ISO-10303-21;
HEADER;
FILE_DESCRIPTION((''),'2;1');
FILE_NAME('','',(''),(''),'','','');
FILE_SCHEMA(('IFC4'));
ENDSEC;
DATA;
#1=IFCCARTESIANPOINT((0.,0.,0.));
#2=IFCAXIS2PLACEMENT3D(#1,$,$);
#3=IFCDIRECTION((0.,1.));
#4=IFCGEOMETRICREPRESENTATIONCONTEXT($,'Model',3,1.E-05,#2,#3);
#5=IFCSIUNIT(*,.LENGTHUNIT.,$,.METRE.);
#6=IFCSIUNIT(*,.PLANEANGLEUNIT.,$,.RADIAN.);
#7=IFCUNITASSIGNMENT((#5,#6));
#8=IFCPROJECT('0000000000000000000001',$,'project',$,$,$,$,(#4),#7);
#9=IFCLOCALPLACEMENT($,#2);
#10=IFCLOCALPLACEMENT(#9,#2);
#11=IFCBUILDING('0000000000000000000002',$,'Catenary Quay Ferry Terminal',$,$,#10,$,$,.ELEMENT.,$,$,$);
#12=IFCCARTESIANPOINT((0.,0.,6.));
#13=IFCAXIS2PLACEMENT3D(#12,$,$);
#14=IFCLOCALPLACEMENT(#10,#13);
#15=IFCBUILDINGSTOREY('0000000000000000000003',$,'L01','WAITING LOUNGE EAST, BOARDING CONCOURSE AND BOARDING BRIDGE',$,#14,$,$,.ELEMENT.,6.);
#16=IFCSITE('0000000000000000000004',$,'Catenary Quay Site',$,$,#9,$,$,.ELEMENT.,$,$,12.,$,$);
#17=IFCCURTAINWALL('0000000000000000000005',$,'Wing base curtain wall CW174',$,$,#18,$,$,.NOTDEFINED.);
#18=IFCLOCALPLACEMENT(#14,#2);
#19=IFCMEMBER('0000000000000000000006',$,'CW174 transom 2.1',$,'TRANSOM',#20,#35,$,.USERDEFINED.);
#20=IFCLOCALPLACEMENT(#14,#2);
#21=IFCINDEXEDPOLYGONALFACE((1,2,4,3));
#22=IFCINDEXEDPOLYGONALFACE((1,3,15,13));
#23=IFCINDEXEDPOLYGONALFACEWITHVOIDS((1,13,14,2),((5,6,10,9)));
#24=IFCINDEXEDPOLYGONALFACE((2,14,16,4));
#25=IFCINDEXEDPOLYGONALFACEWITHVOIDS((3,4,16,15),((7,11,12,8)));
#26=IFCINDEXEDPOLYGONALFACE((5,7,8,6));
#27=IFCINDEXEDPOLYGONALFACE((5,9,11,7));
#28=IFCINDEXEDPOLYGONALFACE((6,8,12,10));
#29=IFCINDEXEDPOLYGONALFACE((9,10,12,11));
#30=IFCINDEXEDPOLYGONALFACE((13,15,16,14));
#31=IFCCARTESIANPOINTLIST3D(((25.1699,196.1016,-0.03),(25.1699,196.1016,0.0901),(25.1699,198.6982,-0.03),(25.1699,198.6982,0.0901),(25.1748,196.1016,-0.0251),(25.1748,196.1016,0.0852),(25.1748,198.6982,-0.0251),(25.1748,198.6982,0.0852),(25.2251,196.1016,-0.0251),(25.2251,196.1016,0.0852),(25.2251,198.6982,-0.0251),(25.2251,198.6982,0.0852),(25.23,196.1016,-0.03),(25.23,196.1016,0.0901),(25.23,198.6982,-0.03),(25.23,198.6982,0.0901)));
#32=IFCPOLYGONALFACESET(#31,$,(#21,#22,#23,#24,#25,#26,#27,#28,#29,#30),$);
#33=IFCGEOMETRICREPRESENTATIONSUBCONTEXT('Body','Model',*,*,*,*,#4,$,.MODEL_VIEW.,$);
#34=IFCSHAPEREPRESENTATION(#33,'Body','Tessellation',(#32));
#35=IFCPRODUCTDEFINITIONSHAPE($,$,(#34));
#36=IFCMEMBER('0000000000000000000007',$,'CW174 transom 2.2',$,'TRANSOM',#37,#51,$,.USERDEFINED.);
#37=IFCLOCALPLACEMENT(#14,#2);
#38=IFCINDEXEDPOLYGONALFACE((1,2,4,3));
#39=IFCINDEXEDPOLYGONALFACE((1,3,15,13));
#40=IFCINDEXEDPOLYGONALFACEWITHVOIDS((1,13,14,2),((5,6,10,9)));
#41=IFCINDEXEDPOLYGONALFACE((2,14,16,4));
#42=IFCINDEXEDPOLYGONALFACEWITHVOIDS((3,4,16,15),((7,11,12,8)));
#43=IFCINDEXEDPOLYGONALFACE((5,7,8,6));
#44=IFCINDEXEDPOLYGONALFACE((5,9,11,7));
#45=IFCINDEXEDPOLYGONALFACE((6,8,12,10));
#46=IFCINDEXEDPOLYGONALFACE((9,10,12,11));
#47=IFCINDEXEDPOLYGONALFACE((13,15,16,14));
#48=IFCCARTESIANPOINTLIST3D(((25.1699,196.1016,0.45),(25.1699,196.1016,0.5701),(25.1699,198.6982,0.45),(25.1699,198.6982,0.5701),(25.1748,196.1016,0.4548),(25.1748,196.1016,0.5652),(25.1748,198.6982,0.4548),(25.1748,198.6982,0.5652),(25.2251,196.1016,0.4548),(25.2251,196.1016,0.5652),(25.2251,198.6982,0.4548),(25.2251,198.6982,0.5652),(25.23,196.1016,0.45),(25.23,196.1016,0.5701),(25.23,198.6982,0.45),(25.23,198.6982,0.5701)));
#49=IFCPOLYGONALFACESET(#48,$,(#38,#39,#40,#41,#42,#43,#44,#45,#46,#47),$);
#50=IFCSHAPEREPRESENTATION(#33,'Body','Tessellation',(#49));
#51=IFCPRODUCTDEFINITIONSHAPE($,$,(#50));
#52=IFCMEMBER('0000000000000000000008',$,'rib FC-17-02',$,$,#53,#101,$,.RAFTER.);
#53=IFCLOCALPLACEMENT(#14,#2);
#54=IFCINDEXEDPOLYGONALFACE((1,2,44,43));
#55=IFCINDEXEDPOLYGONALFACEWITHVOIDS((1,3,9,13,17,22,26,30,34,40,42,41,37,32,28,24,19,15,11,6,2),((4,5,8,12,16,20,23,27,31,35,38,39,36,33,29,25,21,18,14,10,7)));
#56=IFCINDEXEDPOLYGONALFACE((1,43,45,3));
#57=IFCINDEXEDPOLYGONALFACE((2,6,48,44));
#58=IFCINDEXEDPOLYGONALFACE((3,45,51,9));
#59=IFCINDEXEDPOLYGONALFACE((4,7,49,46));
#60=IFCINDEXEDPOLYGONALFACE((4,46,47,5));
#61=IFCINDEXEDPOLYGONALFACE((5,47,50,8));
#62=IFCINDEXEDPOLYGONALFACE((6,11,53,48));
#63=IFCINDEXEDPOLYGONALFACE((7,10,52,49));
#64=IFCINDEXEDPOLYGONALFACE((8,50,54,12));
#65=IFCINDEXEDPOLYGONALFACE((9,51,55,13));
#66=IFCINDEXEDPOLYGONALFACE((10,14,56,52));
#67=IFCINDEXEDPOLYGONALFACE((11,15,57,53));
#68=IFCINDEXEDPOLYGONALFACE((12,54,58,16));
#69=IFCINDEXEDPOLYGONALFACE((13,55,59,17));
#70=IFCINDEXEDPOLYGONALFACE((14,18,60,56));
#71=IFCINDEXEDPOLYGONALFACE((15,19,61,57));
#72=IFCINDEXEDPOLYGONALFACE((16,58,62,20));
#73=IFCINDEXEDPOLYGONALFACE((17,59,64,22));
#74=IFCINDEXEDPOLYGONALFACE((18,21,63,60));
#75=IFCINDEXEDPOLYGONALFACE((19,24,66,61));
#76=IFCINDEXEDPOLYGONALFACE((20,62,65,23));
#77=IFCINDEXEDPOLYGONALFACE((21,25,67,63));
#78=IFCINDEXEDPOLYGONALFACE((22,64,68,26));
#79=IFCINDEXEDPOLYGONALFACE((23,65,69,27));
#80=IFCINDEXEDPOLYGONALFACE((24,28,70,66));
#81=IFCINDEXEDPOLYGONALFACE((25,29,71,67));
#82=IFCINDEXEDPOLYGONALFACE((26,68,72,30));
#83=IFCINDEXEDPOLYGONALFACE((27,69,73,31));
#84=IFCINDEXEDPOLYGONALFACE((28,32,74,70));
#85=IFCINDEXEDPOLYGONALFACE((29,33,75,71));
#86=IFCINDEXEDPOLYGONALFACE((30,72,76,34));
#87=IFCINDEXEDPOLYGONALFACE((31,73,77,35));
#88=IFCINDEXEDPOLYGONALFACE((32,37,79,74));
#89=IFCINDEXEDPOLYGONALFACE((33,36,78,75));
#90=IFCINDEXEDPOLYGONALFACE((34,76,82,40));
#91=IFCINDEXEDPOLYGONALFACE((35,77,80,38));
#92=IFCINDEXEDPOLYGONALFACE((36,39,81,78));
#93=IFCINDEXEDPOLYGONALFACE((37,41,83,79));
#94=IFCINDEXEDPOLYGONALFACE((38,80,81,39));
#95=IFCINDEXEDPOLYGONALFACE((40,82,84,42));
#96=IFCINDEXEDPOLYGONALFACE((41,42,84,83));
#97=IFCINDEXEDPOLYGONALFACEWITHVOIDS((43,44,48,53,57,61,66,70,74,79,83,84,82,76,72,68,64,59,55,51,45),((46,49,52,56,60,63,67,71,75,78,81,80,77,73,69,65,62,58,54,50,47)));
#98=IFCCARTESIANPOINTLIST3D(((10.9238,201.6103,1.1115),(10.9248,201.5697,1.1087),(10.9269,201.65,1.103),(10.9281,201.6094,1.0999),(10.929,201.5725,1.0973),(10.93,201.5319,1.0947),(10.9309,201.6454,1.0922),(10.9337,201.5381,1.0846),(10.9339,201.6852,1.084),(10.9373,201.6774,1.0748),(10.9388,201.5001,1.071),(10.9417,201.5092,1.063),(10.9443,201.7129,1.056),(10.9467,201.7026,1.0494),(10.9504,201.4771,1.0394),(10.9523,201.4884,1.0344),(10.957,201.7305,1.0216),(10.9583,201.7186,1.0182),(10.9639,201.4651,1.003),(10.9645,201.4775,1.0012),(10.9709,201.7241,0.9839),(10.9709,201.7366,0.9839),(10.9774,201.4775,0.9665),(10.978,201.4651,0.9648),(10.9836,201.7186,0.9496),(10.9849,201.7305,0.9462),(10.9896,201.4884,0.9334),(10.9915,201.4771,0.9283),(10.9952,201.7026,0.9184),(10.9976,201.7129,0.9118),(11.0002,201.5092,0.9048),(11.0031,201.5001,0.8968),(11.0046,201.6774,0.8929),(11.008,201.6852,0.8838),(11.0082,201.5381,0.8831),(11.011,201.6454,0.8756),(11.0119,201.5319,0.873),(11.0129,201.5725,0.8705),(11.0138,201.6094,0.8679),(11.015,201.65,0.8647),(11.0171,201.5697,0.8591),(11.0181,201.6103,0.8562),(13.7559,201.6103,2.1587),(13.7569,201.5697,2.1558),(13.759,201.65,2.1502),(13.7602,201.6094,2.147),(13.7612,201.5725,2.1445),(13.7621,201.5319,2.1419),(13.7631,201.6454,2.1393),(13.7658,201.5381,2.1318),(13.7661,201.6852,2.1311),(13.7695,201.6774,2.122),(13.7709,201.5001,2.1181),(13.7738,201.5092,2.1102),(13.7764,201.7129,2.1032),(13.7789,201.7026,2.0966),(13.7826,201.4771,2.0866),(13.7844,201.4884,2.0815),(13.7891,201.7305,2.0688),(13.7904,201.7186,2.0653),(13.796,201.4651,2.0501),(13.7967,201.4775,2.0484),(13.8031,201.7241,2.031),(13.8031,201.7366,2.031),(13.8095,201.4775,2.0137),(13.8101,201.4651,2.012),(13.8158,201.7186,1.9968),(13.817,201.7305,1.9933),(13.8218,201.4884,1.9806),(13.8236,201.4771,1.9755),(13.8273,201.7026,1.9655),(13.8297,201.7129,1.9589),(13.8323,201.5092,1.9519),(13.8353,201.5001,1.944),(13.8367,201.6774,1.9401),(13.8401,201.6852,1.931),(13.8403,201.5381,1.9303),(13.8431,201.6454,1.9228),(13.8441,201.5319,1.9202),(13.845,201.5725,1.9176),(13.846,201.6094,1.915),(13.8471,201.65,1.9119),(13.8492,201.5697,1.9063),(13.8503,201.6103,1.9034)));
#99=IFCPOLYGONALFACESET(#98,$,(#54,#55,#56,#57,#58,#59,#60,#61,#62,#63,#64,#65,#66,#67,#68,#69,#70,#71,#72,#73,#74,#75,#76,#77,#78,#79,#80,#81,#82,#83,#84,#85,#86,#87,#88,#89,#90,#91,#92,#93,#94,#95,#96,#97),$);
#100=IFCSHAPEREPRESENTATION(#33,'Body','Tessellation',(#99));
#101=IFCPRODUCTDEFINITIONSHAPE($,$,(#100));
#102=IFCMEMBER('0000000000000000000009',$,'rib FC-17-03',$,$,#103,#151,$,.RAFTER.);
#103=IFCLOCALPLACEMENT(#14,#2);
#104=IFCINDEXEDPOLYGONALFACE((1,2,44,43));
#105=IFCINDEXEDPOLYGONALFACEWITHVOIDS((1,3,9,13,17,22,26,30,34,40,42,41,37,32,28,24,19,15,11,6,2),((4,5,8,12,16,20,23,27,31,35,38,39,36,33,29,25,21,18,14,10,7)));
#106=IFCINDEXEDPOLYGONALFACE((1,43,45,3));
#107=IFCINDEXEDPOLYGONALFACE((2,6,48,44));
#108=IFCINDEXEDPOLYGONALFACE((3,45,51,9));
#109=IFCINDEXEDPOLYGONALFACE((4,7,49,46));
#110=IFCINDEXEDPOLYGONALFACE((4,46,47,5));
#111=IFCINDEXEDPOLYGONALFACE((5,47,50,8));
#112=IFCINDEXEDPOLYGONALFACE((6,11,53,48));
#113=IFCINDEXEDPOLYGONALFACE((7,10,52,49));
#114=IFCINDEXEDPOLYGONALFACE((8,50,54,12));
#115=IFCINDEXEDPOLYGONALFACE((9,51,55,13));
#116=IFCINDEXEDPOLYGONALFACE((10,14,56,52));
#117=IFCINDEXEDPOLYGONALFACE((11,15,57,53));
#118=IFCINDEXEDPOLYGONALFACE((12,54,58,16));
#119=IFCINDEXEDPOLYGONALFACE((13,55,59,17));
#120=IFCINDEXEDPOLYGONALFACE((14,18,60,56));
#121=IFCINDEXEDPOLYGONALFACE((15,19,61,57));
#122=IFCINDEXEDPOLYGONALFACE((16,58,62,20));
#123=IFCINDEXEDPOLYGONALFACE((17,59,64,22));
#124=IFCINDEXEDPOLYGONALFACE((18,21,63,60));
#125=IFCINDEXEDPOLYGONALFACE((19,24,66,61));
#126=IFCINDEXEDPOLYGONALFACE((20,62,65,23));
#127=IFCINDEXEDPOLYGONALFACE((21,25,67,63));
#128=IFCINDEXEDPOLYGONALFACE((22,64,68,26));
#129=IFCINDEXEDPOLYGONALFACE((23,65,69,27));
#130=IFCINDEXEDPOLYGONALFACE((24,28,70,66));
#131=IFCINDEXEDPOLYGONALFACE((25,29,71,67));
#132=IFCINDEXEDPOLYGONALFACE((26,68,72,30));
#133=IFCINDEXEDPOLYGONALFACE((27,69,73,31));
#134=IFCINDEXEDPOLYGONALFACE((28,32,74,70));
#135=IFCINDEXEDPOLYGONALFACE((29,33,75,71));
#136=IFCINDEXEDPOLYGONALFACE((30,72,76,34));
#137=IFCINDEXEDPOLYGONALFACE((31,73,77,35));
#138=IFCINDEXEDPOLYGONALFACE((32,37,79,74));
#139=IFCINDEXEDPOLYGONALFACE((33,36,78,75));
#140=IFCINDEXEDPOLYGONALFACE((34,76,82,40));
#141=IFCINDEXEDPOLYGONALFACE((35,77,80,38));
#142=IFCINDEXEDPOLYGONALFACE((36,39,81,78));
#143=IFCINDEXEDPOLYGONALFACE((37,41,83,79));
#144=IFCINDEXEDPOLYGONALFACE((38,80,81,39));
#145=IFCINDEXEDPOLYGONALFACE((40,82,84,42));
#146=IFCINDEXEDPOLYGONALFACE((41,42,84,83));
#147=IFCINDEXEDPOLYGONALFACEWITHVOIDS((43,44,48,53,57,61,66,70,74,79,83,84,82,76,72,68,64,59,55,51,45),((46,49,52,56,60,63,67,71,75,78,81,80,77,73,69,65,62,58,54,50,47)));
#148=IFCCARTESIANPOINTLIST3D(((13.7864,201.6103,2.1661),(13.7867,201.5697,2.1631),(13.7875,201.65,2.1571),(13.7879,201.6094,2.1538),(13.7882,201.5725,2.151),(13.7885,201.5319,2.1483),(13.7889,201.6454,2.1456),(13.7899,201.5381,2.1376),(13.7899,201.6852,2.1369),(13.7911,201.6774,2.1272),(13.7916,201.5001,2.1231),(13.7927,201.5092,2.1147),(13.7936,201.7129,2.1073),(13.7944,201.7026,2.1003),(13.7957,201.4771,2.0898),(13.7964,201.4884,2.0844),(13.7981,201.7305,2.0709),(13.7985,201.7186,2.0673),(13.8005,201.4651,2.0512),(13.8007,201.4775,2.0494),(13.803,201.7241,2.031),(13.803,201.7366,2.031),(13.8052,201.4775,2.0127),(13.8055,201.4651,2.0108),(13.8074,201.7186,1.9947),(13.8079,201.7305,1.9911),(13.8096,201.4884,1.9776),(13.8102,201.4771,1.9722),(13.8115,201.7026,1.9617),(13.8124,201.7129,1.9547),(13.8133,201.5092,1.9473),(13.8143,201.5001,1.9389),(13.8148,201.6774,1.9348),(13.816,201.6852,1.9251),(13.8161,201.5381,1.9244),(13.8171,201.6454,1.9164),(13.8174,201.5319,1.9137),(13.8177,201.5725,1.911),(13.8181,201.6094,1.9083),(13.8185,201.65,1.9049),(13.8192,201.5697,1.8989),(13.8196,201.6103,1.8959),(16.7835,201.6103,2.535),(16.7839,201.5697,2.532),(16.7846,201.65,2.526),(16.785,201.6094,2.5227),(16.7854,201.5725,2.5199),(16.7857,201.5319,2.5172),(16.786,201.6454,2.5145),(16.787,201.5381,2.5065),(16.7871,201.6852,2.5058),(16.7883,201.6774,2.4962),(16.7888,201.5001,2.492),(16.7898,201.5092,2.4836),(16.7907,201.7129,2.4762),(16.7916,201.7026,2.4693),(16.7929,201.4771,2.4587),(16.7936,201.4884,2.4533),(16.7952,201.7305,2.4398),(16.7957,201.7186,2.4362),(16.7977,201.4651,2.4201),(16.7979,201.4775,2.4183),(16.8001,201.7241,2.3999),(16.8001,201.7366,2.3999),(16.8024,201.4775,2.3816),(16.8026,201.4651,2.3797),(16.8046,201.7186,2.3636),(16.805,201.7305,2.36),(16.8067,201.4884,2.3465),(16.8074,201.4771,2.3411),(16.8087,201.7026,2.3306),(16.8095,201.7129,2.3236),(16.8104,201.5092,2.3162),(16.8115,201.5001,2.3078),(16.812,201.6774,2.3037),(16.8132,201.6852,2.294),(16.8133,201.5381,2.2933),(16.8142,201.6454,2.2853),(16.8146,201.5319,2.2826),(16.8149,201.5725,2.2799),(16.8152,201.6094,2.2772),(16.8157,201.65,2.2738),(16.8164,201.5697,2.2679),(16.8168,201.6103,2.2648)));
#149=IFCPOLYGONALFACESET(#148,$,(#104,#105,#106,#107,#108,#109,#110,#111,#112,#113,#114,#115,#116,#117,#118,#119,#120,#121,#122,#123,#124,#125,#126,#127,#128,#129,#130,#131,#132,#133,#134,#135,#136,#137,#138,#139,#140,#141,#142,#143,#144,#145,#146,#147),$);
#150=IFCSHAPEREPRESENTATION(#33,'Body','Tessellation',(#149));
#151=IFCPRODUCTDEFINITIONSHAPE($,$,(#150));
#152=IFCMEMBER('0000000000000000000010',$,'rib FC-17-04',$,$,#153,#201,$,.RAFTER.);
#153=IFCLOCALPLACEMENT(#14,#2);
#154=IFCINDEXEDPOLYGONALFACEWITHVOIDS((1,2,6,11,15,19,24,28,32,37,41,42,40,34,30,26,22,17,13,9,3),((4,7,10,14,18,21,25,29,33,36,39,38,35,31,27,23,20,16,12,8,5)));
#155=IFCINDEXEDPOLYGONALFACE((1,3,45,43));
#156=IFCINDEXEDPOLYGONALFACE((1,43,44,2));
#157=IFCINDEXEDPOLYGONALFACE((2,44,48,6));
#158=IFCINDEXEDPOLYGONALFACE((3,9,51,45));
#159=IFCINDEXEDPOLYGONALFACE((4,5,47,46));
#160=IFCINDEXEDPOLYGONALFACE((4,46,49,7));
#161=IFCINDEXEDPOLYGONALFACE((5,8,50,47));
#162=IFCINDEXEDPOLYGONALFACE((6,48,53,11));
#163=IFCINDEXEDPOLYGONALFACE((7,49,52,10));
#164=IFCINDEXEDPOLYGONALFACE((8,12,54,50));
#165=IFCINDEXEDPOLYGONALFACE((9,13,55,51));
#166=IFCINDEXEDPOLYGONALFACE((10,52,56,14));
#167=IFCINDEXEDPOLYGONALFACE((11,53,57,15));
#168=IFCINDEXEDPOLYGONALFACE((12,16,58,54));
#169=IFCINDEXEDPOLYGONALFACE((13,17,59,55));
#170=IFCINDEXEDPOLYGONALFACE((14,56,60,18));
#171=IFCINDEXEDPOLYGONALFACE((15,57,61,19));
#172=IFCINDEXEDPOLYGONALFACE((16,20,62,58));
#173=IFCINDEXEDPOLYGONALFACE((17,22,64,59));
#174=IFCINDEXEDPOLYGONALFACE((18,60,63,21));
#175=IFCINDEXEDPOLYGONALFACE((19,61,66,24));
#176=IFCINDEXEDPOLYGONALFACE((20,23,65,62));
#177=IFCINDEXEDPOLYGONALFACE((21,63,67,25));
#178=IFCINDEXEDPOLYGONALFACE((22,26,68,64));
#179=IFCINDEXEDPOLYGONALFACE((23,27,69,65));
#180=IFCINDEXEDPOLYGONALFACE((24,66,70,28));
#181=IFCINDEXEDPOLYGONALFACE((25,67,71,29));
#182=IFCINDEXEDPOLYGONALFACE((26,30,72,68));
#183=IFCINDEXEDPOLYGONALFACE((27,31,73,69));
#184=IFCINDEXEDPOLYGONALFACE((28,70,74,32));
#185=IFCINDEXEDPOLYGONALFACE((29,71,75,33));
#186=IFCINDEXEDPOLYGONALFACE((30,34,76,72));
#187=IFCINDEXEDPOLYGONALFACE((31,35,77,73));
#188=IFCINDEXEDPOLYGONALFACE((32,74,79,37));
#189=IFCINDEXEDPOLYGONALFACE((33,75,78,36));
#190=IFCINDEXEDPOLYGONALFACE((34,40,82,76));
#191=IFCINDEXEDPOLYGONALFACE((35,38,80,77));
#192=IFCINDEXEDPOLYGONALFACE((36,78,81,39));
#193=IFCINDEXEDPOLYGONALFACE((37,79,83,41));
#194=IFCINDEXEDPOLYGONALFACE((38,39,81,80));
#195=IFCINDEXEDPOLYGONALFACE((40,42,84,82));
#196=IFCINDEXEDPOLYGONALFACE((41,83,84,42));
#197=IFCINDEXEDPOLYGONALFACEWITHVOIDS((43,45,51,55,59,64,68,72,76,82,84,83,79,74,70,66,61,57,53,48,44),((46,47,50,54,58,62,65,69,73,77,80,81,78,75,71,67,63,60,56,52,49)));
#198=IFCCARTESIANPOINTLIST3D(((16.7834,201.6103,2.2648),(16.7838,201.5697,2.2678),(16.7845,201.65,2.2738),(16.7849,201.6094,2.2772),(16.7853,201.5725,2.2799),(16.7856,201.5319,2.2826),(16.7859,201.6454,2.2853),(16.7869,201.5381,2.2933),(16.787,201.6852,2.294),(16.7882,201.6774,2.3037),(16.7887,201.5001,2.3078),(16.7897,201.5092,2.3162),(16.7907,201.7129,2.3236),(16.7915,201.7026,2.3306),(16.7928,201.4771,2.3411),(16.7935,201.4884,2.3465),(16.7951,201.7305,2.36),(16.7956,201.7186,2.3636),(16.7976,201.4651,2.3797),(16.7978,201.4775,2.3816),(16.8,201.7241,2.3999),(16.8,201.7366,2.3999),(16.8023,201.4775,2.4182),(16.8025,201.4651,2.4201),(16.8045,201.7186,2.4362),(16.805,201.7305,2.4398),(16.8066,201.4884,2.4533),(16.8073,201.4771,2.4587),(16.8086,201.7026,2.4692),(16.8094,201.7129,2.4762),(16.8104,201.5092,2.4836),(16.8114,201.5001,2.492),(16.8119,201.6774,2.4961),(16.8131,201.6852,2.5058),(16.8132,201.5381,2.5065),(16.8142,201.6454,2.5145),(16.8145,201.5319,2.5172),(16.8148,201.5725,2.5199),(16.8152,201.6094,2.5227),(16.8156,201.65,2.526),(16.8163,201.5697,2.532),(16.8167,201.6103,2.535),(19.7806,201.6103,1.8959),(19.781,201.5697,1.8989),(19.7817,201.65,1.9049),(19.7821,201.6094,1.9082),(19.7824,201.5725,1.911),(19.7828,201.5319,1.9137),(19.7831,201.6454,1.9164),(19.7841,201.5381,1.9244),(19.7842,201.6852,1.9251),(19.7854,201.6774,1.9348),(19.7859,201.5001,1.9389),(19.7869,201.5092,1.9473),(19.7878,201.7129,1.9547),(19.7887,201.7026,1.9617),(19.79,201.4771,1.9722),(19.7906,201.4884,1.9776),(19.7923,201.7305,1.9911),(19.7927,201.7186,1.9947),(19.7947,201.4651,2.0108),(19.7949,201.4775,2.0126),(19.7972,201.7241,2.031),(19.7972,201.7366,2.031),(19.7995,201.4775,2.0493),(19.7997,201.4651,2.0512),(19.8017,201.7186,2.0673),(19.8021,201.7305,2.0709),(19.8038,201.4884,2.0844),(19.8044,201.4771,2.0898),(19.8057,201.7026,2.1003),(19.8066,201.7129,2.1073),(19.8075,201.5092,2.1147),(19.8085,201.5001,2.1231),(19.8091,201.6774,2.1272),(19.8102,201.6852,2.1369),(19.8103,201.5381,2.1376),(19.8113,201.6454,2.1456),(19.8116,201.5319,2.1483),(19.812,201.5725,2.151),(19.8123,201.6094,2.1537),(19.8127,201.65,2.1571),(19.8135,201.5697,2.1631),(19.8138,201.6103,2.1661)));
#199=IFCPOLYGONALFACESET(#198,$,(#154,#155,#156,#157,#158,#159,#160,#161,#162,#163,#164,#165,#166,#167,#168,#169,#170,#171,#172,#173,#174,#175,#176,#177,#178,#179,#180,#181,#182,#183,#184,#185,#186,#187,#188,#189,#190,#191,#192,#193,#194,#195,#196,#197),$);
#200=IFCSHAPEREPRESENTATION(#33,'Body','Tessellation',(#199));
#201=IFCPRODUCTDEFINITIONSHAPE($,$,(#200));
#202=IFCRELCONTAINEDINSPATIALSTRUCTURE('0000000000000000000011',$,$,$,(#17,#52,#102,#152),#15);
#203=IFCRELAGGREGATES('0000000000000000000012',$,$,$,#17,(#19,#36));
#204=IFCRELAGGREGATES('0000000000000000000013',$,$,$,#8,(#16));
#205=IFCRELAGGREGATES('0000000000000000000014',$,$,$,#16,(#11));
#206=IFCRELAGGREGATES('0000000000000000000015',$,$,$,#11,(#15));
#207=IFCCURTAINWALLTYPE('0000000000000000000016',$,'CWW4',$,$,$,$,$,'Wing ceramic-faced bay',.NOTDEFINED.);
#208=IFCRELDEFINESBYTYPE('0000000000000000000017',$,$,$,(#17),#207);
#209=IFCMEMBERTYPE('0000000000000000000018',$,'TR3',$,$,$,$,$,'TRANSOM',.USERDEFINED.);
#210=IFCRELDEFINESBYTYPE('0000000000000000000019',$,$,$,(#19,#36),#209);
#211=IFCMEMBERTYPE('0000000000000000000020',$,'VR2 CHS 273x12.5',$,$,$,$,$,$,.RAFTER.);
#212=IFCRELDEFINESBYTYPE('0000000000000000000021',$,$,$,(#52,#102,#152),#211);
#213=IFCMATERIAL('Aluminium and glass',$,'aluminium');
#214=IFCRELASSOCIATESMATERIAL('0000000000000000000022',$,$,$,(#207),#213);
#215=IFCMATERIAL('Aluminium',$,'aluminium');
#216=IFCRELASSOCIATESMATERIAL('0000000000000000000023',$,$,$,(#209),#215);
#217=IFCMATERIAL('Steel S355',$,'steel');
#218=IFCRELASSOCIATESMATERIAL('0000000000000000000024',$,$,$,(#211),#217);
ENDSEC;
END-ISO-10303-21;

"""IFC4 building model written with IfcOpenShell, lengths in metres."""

from ifc_helpers import new_model, si_unit, direction, frame, origin, origin_2d, place, context, subcontext, project, spatial, hollow_rectangle, hollow_circle, extrude, material, material_profile, profile_set, type_object, element, aggregate, save


model = new_model("IFC4")

# Units and contexts
model_context = context("Model", 3, precision=1e-05, world=origin(), true_north=direction((0.0, 1.0)))
body_context = subcontext(model_context, "Body", "Model", "MODEL_VIEW")
ifc_project = project(units=[si_unit("LENGTHUNIT", "METRE"), si_unit("PLANEANGLEUNIT", "RADIAN")], contexts=[model_context])

# Site, building, storey
site_placement = place(None, origin())
site = spatial("IfcSite", under=ifc_project, at=site_placement, Name="Catenary Quay Site", CompositionType="ELEMENT", RefElevation=12.0)
building_placement = place(site_placement, origin())
building = spatial("IfcBuilding", under=site, at=building_placement, Name="Catenary Quay Ferry Terminal", CompositionType="ELEMENT")
storey_placement = place(building_placement, frame((0.0, 0.0, 6.0)))
storey = spatial("IfcBuildingStorey", under=building, at=storey_placement, Name="L01", Description="WAITING LOUNGE EAST, BOARDING CONCOURSE AND BOARDING BRIDGE", CompositionType="ELEMENT", Elevation=6.0)

# Curtain wall
ifc_material_1 = material(Name="Aluminium and glass", Category="aluminium")
curtain_wall_type_1 = type_object("IfcCurtainWallType", Name="CWW4", ElementType="Wing ceramic-faced bay", PredefinedType="NOTDEFINED", material=ifc_material_1)
curtain_wall_1_placement = place(storey_placement, origin())
curtain_wall_1 = element("IfcCurtainWall", 1, at=curtain_wall_1_placement, inside=storey, type_object=curtain_wall_type_1, Name="Wing base curtain wall CW174", PredefinedType="NOTDEFINED")

# Members
ifc_material_2 = material(Name="Aluminium", Category="aluminium")
ifc_material_profile_1 = material_profile(ifc_material_2, hollow_rectangle(XDim=0.0601, YDim=0.1201, WallThickness=0.0049, at=origin_2d()), Name="TR3")
ifc_profile_set_1 = profile_set([ifc_material_profile_1], Name="Aluminium")
member_type_1 = type_object("IfcMemberType", Name="TR3", ElementType="TRANSOM", PredefinedType="USERDEFINED", material=ifc_profile_set_1)
member_1_placement = place(storey_placement, frame((25.2, 196.1016, 0.03), z_axis=(0.0, 1.0, 0.0), x_axis=(-1.0, 0.0, 0.0)))
member_1 = element("IfcMember", 2, at=member_1_placement, type_object=member_type_1, Name="CW174 transom 2.1", ObjectType="TRANSOM", PredefinedType="USERDEFINED", context=body_context, shape_type="SweptSolid", body=[
    extrude(hollow_rectangle(XDim=0.0601, YDim=0.1201, WallThickness=0.0049, at=origin_2d()), origin(), (0.0, 0.0, 1.0), 2.5967),
])
member_2_placement = place(storey_placement, frame((25.2, 196.1016, 0.51), z_axis=(0.0, 1.0, 0.0), x_axis=(-1.0, 0.0, 0.0)))
member_2 = element("IfcMember", 3, at=member_2_placement, type_object=member_type_1, Name="CW174 transom 2.2", ObjectType="TRANSOM", PredefinedType="USERDEFINED", context=body_context, shape_type="SweptSolid", body=[
    extrude(hollow_rectangle(XDim=0.0601, YDim=0.1201, WallThickness=0.0049, at=origin_2d()), origin(), (0.0, 0.0, 1.0), 2.5967),
])

# Members
ifc_material_3 = material(Name="Steel S355", Category="steel")
ifc_material_profile_2 = material_profile(ifc_material_3, hollow_circle(Radius=0.1365, WallThickness=0.0125, at=origin_2d()), Name="CHS 273x12.5")
ifc_profile_set_2 = profile_set([ifc_material_profile_2], Name="Steel S355")
member_type_2 = type_object("IfcMemberType", Name="VR2 CHS 273x12.5", PredefinedType="RAFTER", material=ifc_profile_set_2)
member_3_placement = place(storey_placement, frame((10.9709, 201.6001, 0.9839), z_axis=(0.937941, 0.0, 0.346796), x_axis=(0.0, 1.0, 0.0)))
element("IfcMember", 4, at=member_3_placement, inside=storey, type_object=member_type_2, Name="rib FC-17-02", PredefinedType="RAFTER", context=body_context, shape_type="SweptSolid", body=[
    extrude(hollow_circle(Radius=0.1365, WallThickness=0.0125, at=origin_2d()), origin(), (0.0, 0.0, 1.0), 3.0195),
])
for number, where, z_axis, x_axis, name in (
    (5, (13.803, 201.6001, 2.031), (0.99251, 0.0, 0.122164), (0.0, 1.0, 0.0), "rib FC-17-03"),
    (6, (16.8, 201.6001, 2.3999), (0.99251, 0.0, -0.122164), (0.0, 1.0, 0.0), "rib FC-17-04"),
):
    element("IfcMember", number, at=place(storey_placement, frame(where, z_axis=z_axis, x_axis=x_axis)), inside=storey, type_object=member_type_2, Name=name, PredefinedType="RAFTER", context=body_context, shape_type="SweptSolid", body=[
        extrude(hollow_circle(Radius=0.1365, WallThickness=0.0125, at=origin_2d()), origin(), (0.0, 0.0, 1.0), 3.0198),
    ])

aggregate(curtain_wall_1, [member_1, member_2])

save(model, "model.ifc")
